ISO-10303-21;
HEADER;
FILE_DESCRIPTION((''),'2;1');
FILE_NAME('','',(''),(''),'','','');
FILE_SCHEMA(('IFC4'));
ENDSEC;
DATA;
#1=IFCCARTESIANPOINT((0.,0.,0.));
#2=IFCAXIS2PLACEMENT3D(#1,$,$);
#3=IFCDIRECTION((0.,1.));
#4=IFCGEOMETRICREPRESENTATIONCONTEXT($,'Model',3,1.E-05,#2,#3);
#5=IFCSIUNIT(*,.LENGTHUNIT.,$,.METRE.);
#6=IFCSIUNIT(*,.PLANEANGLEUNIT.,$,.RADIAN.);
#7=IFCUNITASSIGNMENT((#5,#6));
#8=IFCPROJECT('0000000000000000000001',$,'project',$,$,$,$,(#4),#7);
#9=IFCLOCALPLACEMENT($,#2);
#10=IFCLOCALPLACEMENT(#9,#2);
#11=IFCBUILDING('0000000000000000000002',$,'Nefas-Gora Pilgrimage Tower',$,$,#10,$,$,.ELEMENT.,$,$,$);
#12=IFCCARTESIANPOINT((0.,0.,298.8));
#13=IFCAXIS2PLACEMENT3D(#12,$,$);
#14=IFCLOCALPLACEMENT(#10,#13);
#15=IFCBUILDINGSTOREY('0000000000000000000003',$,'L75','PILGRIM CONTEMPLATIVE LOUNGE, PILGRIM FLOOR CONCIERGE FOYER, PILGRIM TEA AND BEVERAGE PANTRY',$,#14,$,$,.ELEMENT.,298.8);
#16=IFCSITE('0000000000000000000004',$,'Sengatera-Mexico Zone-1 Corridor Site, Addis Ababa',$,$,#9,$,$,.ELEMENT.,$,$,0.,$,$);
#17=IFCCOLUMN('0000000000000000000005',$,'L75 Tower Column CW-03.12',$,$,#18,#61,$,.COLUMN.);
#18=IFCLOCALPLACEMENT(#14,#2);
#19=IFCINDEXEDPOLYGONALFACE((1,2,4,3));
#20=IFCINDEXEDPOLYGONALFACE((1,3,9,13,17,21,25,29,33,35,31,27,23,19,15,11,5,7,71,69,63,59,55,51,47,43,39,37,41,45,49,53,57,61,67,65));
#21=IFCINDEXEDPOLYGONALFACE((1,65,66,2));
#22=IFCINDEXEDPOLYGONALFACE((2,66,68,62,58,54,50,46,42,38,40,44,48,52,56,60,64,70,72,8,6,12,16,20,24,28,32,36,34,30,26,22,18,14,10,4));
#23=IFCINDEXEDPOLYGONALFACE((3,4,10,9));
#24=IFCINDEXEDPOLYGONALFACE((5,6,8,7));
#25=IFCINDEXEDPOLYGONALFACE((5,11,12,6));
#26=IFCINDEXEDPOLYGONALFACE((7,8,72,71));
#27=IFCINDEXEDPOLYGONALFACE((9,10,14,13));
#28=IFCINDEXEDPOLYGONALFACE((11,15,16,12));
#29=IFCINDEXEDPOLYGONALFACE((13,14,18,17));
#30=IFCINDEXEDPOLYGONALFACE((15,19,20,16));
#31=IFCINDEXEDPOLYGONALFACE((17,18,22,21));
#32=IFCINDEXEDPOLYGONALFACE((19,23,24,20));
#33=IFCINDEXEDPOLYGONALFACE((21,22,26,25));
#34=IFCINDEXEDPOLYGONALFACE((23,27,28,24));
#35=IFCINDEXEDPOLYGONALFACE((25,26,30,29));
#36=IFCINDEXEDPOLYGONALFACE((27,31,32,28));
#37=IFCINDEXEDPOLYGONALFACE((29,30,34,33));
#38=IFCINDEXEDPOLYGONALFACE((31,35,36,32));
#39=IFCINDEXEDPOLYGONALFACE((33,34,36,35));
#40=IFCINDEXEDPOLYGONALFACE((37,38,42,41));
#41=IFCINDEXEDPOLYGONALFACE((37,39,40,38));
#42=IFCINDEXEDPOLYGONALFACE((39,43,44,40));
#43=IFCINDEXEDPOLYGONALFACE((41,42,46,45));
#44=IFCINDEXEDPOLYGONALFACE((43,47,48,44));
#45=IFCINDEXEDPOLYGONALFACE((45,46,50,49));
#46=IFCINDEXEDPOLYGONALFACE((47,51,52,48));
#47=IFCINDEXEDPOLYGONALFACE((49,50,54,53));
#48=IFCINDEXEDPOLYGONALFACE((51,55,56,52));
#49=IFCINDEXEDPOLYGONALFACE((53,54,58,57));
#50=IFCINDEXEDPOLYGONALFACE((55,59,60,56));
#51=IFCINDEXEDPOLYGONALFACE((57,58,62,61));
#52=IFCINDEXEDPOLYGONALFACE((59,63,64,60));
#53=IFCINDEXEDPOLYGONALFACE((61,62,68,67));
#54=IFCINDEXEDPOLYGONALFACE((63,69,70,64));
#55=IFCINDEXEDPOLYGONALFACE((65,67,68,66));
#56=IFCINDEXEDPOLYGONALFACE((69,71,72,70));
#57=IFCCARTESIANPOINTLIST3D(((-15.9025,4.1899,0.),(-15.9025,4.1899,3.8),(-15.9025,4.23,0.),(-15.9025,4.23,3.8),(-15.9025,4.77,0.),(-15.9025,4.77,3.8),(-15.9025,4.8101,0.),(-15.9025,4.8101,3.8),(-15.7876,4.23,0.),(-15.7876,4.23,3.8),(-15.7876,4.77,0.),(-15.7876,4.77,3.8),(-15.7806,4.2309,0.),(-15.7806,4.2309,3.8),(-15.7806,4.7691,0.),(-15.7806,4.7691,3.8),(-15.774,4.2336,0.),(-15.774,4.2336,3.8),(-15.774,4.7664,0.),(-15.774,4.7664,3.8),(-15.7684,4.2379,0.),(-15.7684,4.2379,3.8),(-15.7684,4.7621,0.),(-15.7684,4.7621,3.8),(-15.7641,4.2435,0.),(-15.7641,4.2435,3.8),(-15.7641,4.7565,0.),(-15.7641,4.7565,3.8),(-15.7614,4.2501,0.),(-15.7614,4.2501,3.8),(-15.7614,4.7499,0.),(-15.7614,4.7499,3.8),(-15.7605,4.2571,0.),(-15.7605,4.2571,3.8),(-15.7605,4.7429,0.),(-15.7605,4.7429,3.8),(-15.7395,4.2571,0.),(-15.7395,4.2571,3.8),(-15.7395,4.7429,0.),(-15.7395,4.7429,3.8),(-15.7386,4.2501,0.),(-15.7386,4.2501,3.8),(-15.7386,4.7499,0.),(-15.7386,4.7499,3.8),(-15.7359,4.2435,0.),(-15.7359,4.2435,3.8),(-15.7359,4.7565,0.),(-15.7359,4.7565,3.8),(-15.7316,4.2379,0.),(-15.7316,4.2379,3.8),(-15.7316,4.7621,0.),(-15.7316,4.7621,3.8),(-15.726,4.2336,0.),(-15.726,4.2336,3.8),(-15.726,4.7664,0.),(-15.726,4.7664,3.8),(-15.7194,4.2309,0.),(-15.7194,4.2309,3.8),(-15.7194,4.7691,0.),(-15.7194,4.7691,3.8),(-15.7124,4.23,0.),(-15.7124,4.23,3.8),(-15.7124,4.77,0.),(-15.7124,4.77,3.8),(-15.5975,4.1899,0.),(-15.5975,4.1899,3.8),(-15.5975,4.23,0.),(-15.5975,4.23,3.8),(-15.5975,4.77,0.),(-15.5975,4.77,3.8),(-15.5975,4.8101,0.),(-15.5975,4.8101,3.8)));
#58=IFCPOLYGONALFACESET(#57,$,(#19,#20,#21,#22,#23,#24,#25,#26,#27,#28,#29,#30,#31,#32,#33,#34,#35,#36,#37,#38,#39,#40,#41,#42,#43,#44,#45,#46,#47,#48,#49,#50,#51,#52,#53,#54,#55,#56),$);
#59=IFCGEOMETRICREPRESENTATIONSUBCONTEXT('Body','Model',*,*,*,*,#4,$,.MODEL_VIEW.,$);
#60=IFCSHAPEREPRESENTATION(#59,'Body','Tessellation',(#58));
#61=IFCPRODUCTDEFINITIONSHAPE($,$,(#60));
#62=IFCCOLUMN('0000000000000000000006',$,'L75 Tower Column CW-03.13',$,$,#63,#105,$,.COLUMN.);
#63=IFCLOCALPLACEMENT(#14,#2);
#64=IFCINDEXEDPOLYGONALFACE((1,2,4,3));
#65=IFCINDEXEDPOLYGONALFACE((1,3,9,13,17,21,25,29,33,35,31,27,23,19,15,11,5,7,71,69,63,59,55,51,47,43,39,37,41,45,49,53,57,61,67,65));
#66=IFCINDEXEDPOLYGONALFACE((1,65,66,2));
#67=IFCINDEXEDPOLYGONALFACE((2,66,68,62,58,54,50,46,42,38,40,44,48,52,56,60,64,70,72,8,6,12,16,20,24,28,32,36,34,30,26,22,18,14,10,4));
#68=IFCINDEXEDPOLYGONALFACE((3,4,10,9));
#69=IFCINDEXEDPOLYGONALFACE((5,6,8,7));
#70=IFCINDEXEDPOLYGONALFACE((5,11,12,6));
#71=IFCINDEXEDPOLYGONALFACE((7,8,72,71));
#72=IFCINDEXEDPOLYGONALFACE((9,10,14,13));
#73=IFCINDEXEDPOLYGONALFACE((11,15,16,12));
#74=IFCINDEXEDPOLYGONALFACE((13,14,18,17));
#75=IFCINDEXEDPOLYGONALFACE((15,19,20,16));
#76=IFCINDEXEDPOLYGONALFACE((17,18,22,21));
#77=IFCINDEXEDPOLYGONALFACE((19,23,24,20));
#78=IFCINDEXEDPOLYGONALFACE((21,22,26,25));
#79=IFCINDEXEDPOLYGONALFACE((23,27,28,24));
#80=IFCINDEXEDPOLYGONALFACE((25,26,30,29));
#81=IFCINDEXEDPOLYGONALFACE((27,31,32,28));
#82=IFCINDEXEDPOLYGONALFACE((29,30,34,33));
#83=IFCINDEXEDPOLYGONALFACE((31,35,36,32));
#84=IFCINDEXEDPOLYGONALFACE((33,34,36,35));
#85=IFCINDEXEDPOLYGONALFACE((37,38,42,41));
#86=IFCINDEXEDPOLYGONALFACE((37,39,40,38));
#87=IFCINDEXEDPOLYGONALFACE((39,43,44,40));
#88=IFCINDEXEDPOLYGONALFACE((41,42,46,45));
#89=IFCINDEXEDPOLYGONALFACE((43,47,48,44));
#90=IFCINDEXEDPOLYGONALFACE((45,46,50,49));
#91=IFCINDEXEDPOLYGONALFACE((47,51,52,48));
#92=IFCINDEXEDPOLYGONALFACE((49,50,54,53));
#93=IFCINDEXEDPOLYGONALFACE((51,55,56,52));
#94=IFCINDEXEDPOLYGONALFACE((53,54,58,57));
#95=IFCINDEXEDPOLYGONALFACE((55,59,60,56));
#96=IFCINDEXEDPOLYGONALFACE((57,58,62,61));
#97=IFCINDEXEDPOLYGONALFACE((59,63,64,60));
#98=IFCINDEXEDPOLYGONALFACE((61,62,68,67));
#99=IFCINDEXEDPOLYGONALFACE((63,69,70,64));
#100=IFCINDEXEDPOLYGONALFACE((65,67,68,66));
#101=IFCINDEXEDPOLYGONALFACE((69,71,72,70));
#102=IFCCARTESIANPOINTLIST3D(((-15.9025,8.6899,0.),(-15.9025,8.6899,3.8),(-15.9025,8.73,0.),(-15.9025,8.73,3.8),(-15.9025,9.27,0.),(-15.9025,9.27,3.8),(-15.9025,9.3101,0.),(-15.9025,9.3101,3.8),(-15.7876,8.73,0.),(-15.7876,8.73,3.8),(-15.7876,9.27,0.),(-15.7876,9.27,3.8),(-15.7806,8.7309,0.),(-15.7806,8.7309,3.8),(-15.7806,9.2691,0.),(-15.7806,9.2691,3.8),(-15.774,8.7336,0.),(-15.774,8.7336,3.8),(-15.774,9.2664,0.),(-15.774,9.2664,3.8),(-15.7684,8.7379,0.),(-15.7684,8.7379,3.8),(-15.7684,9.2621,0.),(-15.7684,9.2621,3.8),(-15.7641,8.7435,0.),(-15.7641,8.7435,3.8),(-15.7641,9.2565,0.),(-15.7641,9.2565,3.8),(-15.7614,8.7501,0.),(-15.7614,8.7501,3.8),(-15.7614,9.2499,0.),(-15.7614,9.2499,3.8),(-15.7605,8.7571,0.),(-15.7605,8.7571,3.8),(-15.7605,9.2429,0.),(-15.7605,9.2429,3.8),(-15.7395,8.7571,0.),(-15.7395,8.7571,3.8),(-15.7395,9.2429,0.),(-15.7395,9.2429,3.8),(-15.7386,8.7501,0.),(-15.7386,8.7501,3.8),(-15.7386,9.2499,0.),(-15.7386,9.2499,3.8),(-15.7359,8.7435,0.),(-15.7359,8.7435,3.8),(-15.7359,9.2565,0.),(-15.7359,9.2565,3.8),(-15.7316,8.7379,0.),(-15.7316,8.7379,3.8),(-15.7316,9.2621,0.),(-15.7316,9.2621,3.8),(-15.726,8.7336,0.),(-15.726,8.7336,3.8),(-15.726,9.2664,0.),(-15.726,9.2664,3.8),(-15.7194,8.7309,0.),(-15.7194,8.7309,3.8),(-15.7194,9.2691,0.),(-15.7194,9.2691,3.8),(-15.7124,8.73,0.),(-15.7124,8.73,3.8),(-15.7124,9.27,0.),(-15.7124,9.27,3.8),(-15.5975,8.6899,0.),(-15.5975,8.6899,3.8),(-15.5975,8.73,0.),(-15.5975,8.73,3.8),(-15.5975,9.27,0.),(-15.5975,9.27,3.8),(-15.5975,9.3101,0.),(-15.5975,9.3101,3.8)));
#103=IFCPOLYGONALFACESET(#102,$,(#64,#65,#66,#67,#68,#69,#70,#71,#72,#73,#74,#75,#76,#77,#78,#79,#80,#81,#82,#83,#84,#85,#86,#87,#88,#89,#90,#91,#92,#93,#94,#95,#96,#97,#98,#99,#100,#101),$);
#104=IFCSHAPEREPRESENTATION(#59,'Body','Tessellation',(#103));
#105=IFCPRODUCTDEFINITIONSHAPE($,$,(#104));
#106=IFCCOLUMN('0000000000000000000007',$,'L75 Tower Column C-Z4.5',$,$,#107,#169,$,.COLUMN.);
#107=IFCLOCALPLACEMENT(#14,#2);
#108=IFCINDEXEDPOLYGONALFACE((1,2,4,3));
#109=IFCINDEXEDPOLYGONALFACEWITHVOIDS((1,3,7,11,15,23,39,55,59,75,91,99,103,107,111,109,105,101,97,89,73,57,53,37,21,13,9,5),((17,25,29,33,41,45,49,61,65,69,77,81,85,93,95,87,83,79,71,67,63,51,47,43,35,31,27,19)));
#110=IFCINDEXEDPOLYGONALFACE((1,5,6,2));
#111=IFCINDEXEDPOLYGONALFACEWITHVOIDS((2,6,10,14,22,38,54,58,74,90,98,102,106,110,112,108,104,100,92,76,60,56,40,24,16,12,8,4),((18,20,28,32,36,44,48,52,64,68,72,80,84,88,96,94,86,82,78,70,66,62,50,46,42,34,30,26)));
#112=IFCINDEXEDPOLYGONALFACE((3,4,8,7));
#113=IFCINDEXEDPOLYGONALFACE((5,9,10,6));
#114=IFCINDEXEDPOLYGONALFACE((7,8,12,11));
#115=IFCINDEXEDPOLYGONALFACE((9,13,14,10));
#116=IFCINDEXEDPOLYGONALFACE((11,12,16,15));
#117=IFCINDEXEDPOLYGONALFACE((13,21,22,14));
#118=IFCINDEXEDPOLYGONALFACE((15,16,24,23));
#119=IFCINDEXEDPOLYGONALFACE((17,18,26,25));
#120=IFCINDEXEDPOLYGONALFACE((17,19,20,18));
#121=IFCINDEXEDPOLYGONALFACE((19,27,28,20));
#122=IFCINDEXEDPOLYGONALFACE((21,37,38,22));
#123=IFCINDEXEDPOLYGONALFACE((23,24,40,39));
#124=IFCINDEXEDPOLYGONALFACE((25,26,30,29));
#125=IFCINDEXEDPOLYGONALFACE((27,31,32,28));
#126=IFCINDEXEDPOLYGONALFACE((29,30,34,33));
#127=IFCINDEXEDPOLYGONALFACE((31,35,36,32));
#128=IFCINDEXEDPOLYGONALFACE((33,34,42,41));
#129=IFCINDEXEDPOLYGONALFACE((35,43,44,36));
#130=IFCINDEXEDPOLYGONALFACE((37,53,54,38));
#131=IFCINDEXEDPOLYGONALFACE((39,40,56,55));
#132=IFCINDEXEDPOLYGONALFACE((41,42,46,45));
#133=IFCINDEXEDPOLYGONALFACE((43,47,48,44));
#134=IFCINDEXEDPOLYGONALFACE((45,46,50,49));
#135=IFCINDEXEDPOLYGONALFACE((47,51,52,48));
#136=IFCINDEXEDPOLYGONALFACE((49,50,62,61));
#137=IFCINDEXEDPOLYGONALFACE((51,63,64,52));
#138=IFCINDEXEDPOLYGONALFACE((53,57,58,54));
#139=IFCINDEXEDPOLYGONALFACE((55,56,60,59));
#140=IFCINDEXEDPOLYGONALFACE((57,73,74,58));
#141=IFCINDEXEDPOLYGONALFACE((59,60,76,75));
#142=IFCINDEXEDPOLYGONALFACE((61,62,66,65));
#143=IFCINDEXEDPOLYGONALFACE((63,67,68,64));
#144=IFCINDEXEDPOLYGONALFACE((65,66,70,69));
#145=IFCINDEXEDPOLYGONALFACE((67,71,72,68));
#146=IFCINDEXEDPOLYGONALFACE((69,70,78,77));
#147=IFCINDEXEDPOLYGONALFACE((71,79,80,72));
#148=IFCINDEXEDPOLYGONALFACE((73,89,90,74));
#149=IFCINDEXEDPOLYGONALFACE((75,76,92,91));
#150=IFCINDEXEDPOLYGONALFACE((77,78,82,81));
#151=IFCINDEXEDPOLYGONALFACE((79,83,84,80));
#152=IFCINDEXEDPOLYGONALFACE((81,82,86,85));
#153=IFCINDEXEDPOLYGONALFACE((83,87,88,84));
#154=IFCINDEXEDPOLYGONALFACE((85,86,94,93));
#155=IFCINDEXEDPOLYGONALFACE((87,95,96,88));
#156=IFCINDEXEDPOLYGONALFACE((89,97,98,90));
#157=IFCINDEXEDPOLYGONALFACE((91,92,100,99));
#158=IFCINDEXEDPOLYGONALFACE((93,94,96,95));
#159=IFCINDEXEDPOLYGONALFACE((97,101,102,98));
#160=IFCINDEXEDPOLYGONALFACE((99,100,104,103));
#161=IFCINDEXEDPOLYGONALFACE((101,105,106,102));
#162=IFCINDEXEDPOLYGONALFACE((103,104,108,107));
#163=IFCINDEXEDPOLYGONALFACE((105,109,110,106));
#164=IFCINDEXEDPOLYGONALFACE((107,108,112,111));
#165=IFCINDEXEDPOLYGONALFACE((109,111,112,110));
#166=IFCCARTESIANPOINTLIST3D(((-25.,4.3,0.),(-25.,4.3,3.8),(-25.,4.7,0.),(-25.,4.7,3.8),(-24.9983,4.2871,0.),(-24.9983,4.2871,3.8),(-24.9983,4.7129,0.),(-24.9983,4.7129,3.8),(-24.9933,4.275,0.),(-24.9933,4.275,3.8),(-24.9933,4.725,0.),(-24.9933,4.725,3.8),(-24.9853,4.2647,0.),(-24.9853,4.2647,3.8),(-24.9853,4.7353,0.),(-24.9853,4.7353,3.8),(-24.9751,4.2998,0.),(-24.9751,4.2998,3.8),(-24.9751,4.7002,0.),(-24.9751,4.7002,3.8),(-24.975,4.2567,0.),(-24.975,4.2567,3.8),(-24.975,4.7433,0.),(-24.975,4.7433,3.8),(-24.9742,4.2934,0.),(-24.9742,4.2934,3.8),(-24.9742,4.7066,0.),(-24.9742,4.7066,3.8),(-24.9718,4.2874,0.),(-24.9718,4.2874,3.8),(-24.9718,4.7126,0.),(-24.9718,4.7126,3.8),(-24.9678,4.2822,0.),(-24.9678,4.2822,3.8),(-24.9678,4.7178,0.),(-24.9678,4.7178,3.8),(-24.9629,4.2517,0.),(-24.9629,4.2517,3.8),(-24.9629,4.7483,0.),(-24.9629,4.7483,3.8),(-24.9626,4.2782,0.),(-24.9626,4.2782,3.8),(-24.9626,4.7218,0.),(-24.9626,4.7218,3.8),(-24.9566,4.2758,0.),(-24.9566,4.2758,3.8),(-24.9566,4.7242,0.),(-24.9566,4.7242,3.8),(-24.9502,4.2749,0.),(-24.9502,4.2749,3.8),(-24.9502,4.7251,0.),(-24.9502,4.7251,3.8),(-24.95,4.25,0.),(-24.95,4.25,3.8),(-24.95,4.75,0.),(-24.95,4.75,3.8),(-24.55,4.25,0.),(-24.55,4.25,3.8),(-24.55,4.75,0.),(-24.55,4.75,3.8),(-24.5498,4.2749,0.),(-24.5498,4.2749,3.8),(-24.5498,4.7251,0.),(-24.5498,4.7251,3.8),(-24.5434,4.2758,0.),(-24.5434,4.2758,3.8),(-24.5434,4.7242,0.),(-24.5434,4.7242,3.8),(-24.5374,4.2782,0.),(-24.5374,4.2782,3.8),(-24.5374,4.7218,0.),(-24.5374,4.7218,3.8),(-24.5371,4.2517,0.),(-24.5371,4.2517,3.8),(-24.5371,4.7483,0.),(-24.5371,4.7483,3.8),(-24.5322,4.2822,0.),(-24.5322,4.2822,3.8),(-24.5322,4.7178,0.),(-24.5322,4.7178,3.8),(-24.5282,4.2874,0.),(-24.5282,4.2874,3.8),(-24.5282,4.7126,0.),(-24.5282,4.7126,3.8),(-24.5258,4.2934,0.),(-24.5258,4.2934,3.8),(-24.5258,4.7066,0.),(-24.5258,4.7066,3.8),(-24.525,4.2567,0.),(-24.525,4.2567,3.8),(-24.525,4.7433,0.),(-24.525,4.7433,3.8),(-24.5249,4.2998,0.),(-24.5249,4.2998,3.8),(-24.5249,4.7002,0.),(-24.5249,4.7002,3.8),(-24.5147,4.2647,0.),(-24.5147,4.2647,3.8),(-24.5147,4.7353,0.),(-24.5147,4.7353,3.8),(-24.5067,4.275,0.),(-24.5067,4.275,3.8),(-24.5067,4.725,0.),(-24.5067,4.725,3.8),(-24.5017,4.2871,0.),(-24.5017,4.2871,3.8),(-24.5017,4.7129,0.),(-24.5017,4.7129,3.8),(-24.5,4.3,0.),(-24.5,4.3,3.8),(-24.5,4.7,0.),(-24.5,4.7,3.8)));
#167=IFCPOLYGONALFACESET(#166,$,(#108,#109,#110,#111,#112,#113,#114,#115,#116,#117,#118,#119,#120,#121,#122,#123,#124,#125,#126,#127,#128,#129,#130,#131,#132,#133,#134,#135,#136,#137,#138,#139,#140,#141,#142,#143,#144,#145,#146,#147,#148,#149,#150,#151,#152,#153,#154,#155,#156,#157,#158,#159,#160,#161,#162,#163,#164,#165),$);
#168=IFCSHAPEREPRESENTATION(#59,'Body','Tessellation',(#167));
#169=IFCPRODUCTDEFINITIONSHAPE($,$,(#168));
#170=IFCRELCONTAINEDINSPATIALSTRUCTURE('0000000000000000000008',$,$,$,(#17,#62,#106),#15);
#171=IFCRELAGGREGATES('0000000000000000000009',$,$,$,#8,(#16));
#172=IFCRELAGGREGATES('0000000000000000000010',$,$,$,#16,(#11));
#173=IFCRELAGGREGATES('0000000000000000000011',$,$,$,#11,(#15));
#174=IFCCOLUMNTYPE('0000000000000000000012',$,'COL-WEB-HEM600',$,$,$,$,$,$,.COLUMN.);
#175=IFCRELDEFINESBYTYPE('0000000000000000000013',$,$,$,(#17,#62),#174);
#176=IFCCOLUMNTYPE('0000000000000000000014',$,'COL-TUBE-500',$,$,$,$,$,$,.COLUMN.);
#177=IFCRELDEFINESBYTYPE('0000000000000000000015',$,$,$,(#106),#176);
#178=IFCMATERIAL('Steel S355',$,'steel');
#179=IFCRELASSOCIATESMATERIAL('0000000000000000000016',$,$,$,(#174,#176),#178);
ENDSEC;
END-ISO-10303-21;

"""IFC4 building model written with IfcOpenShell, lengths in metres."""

from ifc_helpers import new_model, si_unit, direction, frame, origin, origin_2d, place, context, subcontext, project, spatial, hollow_rectangle, i_section, extrude, source, transform, mapped, material, material_profile, profile_set, type_object, element, save


model = new_model("IFC4")

# Units and contexts
model_context = context("Model", 3, precision=1e-05, world=origin(), true_north=direction((0.0, 1.0)))
body_context = subcontext(model_context, "Body", "Model", "MODEL_VIEW")
ifc_project = project(units=[si_unit("LENGTHUNIT", "METRE"), si_unit("PLANEANGLEUNIT", "RADIAN")], contexts=[model_context])

# Site, building, storey
site_placement = place(None, origin())
site = spatial("IfcSite", under=ifc_project, at=site_placement, Name="Sengatera-Mexico Zone-1 Corridor Site, Addis Ababa", CompositionType="ELEMENT", RefElevation=0.0)
building_placement = place(site_placement, origin())
building = spatial("IfcBuilding", under=site, at=building_placement, Name="Nefas-Gora Pilgrimage Tower", CompositionType="ELEMENT")
storey_placement = place(building_placement, frame((0.0, 0.0, 298.8)))
storey = spatial("IfcBuildingStorey", under=building, at=storey_placement, Name="L75", Description="PILGRIM CONTEMPLATIVE LOUNGE, PILGRIM FLOOR CONCIERGE FOYER, PILGRIM TEA AND BEVERAGE PANTRY", CompositionType="ELEMENT", Elevation=298.8)

# Columns
ifc_material_1 = material(Name="Steel S355", Category="steel")
ifc_material_profile_1 = material_profile(ifc_material_1, i_section(OverallWidth=0.3049, OverallDepth=0.6201, WebThickness=0.021, FlangeThickness=0.04, FilletRadius=0.0271, at=origin_2d()), Name="HEM 600")
ifc_profile_set_1 = profile_set([ifc_material_profile_1], Name="Steel S355")
column_type_1 = type_object("IfcColumnType", Name="COL-WEB-HEM600", PredefinedType="COLUMN", material=ifc_profile_set_1)
shared_shape_1 = source(origin(), body_context, "Body", "SweptSolid", [
    extrude(i_section(OverallWidth=0.3049, OverallDepth=0.6201, WebThickness=0.021, FlangeThickness=0.04, FilletRadius=0.0271, at=origin_2d()), origin(), (0.0, 0.0, 1.0), 3.8),
])
for number, where, z_axis, x_axis, name in (
    (1, (-15.75, 4.5, 0.0), (0.0, 0.0, 1.0), (1.0, 0.0, 0.0), "L75 Tower Column CW-03.12"),
    (2, (-15.75, 9.0, 0.0), (0.0, 0.0, 1.0), (1.0, 0.0, 0.0), "L75 Tower Column CW-03.13"),
):
    element("IfcColumn", number, at=place(storey_placement, frame(where, z_axis=z_axis, x_axis=x_axis)), inside=storey, type_object=column_type_1, Name=name, PredefinedType="COLUMN", context=body_context, shape_type="MappedRepresentation", body=[
        mapped(shared_shape_1, transform((0.0, 0.0, 0.0), x_axis=(1.0, 0.0, 0.0), y_axis=(0.0, 1.0, 0.0), z_axis=(0.0, 0.0, 1.0), scale=1.0)),
    ])
ifc_material_profile_2 = material_profile(ifc_material_1, hollow_rectangle(XDim=0.5, YDim=0.5, WallThickness=0.0249, InnerFilletRadius=0.0249, OuterFilletRadius=0.05, at=origin_2d()), Name="SHS 500x500x25")
ifc_profile_set_2 = profile_set([ifc_material_profile_2], Name="Steel S355")
column_type_2 = type_object("IfcColumnType", Name="COL-TUBE-500", PredefinedType="COLUMN", material=ifc_profile_set_2)
shared_shape_2 = source(origin(), body_context, "Body", "SweptSolid", [
    extrude(hollow_rectangle(XDim=0.5, YDim=0.5, WallThickness=0.0249, InnerFilletRadius=0.0249, OuterFilletRadius=0.05, at=origin_2d()), origin(), (0.0, 0.0, 1.0), 3.8),
])
for number, where, z_axis, x_axis, name in (
    (3, (-24.75, 4.5, 0.0), (0.0, 0.0, 1.0), (1.0, 0.0, 0.0), "L75 Tower Column C-Z4.5"),
):
    element("IfcColumn", number, at=place(storey_placement, frame(where, z_axis=z_axis, x_axis=x_axis)), inside=storey, type_object=column_type_2, Name=name, PredefinedType="COLUMN", context=body_context, shape_type="MappedRepresentation", body=[
        mapped(shared_shape_2, transform((0.0, 0.0, 0.0), x_axis=(1.0, 0.0, 0.0), y_axis=(0.0, 1.0, 0.0), z_axis=(0.0, 0.0, 1.0), scale=1.0)),
    ])

save(model, "model.ifc")
